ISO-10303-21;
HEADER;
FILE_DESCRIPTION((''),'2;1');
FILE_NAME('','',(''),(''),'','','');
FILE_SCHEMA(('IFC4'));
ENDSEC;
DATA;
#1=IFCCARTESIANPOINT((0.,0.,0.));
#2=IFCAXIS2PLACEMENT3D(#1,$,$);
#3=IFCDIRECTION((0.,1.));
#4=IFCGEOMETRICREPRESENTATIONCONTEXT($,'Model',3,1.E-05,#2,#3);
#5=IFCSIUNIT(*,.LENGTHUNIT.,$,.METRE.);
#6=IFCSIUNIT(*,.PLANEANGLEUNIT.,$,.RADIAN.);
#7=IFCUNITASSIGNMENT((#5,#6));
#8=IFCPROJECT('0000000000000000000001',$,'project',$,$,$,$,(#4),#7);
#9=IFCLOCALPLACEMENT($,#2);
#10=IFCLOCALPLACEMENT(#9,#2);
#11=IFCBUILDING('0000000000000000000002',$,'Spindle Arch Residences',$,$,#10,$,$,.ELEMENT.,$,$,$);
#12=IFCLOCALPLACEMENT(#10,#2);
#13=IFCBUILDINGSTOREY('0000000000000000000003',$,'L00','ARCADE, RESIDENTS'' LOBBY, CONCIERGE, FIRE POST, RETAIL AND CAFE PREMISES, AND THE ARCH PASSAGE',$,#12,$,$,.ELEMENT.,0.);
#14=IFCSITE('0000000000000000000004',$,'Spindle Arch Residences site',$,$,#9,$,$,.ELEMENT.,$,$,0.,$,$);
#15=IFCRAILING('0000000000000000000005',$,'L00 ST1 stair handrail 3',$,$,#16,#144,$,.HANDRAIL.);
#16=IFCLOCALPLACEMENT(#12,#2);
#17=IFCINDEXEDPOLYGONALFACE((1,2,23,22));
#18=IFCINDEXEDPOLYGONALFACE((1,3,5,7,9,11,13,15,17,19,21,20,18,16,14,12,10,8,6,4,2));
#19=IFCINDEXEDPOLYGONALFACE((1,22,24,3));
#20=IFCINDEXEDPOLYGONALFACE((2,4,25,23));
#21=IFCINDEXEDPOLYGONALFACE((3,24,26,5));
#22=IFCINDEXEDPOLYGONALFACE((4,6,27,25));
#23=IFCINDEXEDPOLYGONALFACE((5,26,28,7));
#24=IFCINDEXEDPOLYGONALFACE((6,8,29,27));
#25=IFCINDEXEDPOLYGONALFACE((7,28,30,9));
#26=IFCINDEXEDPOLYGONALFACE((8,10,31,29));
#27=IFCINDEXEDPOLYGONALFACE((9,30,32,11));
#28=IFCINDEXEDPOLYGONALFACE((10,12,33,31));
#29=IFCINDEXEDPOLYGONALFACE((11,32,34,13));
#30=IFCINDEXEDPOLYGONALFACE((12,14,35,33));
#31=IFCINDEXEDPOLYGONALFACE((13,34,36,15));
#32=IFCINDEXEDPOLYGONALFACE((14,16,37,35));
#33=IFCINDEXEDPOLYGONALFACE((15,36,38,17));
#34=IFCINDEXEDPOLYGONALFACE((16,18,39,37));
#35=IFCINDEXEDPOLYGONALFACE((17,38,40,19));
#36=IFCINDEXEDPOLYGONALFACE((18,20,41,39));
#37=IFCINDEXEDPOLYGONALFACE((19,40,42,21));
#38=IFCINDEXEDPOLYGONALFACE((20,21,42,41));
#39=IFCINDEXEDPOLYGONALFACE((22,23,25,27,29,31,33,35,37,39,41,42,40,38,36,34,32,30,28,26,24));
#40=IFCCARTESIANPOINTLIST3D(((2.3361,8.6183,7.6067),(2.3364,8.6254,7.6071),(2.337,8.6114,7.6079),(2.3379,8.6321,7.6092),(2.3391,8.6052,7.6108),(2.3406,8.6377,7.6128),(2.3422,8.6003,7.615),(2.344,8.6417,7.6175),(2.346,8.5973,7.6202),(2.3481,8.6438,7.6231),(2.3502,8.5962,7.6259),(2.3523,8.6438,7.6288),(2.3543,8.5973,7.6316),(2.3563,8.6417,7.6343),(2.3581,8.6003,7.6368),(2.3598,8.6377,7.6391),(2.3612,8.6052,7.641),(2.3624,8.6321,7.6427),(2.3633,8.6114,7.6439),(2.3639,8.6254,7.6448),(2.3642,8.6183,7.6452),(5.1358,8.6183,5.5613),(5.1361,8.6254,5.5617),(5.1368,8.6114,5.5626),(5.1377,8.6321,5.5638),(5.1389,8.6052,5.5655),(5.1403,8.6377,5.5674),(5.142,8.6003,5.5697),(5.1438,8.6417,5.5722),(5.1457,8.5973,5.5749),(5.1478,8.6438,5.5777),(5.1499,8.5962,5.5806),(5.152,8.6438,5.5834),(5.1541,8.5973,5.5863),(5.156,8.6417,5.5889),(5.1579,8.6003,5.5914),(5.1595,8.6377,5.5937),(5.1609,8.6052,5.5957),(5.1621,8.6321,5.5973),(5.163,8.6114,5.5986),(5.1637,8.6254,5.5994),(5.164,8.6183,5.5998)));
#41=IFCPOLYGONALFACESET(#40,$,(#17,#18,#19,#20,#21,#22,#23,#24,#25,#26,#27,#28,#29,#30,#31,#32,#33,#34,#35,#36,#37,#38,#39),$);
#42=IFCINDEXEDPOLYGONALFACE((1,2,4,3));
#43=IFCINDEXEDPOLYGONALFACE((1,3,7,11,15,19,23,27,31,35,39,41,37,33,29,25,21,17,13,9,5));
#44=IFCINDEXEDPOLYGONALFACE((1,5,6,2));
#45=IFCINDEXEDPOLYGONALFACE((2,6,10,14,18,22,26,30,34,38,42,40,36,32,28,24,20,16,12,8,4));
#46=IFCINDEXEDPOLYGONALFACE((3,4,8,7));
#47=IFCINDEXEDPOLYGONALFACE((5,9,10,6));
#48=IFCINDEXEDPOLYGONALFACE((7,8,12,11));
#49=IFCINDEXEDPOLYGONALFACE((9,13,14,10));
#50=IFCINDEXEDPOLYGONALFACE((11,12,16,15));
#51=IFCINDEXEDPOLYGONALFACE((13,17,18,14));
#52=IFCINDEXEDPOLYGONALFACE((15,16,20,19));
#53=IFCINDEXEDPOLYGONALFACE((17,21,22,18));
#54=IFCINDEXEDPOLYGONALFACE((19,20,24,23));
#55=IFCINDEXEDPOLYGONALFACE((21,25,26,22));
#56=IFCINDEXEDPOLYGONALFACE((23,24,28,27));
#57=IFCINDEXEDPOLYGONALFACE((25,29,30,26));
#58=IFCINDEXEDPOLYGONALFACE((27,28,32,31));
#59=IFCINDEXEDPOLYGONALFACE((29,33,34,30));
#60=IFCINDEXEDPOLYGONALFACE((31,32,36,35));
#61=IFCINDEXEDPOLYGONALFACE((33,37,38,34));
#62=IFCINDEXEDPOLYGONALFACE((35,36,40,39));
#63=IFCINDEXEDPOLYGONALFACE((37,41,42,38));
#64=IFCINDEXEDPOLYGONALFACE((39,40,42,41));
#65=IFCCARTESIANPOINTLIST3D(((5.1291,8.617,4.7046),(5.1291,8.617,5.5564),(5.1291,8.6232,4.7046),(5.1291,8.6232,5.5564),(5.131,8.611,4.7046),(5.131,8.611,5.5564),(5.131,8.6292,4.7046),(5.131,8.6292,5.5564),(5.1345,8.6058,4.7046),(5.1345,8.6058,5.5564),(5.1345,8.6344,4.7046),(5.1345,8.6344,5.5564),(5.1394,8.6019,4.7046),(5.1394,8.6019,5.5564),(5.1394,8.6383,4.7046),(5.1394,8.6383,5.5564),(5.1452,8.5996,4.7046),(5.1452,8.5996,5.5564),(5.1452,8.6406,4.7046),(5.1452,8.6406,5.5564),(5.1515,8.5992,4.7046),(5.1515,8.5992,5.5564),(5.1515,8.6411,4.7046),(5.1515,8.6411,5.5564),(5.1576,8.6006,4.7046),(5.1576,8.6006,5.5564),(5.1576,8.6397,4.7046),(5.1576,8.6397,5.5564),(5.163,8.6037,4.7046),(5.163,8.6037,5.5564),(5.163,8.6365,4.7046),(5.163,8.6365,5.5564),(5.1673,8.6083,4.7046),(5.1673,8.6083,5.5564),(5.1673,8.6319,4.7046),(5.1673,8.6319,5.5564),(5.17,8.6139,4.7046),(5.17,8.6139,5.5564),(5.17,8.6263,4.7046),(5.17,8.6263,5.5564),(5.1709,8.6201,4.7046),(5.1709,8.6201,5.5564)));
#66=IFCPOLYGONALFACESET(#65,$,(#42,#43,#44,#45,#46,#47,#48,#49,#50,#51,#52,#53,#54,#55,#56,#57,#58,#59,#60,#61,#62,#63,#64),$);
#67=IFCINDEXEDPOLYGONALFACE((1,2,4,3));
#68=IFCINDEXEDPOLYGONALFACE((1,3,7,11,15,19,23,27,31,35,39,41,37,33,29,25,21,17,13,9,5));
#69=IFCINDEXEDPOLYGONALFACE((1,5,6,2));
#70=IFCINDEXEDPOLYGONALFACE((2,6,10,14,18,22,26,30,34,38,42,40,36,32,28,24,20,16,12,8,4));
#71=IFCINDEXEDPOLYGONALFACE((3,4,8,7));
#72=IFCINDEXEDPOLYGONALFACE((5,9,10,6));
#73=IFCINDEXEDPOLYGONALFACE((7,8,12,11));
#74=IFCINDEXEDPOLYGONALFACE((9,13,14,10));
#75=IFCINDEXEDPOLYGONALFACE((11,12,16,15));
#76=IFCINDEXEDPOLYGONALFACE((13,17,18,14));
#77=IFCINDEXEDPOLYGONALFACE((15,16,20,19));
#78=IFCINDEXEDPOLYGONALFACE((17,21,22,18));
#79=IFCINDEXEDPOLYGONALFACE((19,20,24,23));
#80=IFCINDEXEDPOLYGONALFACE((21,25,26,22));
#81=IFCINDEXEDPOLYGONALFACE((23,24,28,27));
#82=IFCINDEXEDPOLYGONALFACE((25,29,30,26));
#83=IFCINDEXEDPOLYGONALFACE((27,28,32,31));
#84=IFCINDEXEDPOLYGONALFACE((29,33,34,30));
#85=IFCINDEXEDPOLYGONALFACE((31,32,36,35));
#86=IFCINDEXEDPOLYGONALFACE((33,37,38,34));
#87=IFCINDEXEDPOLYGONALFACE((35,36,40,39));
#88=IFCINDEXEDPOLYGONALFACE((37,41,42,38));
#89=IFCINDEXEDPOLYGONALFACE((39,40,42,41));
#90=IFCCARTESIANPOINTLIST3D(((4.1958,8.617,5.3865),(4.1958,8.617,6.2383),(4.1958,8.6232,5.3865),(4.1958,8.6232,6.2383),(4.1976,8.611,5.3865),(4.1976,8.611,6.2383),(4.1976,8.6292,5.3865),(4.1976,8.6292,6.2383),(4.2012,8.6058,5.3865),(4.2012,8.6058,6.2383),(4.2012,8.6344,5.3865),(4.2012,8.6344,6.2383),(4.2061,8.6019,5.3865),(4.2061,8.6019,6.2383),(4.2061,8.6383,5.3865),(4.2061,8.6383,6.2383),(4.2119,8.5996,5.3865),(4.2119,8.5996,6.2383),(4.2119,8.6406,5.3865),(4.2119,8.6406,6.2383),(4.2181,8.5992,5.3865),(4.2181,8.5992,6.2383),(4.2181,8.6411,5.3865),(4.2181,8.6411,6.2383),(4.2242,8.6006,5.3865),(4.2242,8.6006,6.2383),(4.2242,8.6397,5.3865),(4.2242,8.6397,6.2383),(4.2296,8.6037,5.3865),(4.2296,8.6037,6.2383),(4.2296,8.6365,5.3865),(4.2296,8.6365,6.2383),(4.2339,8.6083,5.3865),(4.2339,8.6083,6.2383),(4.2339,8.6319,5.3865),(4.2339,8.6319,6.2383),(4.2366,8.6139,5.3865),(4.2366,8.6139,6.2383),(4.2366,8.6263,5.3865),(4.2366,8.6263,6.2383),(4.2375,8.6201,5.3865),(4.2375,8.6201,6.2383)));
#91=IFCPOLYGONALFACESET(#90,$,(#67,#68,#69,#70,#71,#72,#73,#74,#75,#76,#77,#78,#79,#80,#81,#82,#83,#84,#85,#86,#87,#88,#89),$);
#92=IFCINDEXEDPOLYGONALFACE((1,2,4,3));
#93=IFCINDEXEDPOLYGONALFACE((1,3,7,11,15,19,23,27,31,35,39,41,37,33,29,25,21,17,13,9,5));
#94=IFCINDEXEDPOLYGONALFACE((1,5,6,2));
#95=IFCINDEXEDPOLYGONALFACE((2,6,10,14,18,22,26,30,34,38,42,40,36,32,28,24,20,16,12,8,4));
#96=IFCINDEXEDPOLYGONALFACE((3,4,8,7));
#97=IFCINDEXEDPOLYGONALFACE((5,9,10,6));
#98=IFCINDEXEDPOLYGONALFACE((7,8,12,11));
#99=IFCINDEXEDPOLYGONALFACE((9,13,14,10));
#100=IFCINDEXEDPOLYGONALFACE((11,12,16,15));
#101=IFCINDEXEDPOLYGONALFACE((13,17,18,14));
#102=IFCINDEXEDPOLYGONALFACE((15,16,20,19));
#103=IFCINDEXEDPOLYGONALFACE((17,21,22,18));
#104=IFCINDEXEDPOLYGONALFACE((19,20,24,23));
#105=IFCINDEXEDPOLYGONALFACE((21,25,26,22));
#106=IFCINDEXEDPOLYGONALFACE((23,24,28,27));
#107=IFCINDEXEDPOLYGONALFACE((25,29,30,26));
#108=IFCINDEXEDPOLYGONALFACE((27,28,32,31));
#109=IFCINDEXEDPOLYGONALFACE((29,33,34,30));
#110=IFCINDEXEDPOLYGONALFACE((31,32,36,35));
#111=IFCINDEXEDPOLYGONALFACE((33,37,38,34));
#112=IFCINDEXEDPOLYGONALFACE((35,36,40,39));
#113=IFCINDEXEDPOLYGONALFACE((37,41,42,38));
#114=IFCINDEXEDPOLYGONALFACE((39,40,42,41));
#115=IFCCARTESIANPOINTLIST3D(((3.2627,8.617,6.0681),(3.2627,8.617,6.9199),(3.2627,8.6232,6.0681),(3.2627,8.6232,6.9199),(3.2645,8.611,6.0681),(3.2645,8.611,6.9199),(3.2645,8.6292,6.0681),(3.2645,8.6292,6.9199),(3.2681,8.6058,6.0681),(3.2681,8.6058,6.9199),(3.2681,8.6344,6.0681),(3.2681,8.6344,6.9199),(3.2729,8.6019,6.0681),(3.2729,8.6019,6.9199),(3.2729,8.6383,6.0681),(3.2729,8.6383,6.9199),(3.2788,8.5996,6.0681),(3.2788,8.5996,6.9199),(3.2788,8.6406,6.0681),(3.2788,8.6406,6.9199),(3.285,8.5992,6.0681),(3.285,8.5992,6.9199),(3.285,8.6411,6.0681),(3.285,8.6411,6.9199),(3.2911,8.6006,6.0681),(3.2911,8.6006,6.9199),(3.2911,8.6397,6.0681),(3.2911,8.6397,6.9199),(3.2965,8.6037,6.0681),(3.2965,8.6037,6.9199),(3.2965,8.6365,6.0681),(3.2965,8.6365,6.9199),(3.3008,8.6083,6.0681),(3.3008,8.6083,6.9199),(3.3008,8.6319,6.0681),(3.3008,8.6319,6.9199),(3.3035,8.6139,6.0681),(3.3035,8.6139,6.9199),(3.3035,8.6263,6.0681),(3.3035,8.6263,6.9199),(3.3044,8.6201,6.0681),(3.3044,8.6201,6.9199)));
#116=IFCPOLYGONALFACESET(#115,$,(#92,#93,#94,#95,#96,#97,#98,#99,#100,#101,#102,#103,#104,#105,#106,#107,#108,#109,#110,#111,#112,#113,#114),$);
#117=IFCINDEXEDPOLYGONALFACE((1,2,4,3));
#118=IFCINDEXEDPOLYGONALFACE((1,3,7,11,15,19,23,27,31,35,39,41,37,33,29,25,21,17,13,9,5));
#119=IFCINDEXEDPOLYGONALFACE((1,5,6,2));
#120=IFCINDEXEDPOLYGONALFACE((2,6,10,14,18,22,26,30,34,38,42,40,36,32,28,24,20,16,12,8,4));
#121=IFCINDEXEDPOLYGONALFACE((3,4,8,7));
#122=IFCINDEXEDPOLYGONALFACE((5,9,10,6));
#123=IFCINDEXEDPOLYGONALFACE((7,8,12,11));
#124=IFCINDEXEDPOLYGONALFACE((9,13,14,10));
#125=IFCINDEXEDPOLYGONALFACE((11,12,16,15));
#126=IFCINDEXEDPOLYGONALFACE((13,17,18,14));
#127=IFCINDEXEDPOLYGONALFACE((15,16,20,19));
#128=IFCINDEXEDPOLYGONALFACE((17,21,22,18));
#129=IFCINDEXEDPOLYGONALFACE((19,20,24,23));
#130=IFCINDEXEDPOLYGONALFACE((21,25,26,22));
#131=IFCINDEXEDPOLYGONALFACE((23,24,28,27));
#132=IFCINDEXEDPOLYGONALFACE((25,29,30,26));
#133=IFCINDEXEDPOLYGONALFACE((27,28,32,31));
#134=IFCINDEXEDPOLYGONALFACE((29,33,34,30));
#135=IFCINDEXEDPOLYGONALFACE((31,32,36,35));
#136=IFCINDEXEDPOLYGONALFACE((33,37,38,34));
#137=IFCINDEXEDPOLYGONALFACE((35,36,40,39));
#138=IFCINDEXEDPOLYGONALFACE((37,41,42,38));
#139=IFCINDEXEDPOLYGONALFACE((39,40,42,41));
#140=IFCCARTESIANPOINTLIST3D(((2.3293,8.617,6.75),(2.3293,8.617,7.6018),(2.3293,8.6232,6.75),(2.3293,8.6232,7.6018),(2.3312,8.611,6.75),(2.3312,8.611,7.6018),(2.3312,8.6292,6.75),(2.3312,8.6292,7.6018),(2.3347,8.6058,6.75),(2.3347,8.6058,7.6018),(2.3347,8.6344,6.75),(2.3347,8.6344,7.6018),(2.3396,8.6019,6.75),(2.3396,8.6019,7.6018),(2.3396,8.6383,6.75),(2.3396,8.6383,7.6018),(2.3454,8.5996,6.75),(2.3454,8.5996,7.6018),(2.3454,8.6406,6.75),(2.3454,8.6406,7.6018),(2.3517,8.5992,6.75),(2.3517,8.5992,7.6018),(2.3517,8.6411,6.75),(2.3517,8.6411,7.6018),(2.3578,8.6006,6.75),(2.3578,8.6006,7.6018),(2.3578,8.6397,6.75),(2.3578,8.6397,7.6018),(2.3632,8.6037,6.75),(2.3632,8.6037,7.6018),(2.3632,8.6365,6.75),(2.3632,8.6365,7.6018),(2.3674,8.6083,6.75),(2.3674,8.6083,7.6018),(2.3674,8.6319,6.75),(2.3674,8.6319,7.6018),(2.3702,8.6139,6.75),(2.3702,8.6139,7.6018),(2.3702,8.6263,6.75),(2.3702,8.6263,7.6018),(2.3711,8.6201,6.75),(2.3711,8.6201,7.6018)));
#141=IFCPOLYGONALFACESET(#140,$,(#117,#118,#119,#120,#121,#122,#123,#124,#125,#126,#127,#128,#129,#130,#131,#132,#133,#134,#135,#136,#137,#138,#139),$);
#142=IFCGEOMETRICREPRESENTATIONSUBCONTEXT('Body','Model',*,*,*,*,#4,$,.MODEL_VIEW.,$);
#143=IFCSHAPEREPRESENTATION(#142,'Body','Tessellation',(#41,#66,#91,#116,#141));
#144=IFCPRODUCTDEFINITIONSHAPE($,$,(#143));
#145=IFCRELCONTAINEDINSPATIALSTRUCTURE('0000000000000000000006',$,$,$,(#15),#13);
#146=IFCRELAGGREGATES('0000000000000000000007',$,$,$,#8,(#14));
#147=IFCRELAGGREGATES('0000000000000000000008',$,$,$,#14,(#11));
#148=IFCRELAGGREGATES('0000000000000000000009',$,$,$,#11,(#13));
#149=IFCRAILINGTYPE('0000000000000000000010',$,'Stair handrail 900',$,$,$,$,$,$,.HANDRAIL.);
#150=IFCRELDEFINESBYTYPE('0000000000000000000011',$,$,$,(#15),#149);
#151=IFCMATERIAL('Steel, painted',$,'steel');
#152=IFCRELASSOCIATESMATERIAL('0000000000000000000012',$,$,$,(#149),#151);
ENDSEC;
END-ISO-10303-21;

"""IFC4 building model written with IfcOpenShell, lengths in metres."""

from ifc_helpers import new_model, si_unit, direction, frame, origin, origin_2d, place, context, subcontext, project, spatial, circle, extrude, material, type_object, element, save


model = new_model("IFC4")

# Units and contexts
model_context = context("Model", 3, precision=1e-05, world=origin(), true_north=direction((0.0, 1.0)))
body_context = subcontext(model_context, "Body", "Model", "MODEL_VIEW")
ifc_project = project(units=[si_unit("LENGTHUNIT", "METRE"), si_unit("PLANEANGLEUNIT", "RADIAN")], contexts=[model_context])

# Site, building, storey
site_placement = place(None, origin())
site = spatial("IfcSite", under=ifc_project, at=site_placement, Name="Spindle Arch Residences site", CompositionType="ELEMENT", RefElevation=0.0)
building_placement = place(site_placement, origin())
building = spatial("IfcBuilding", under=site, at=building_placement, Name="Spindle Arch Residences", CompositionType="ELEMENT")
storey_placement = place(building_placement, origin())
storey = spatial("IfcBuildingStorey", under=building, at=storey_placement, Name="L00", Description="ARCADE, RESIDENTS' LOBBY, CONCIERGE, FIRE POST, RETAIL AND CAFE PREMISES, AND THE ARCH PASSAGE", CompositionType="ELEMENT", Elevation=0.0)

# Railing
ifc_material_1 = material(Name="Steel, painted", Category="steel")
railing_type_1 = type_object("IfcRailingType", Name="Stair handrail 900", PredefinedType="HANDRAIL", material=ifc_material_1)
railing_1_placement = place(storey_placement, frame((5.1499, 8.6201, 4.7046)))
element("IfcRailing", 1, at=railing_1_placement, inside=storey, type_object=railing_type_1, Name="L00 ST1 stair handrail 3", PredefinedType="HANDRAIL", context=body_context, shape_type="SweptSolid", body=[
    extrude(circle(Radius=0.0239, at=origin_2d()), frame((0.0, 0.0, 0.876), z_axis=(-0.807474, 0.0, 0.589904), x_axis=(0.0, -1.0, 0.0)), (0.0, 0.0, 1.0), 3.4673),
    extrude(circle(Radius=0.021, at=origin_2d()), origin(), (0.0, 0.0, 1.0), 0.8518),
    extrude(circle(Radius=0.021, at=origin_2d()), frame((-0.9333, 0.0, 0.6819)), (0.0, 0.0, 1.0), 0.8518),
    extrude(circle(Radius=0.021, at=origin_2d()), frame((-1.8665, 0.0, 1.3635)), (0.0, 0.0, 1.0), 0.8518),
    extrude(circle(Radius=0.021, at=origin_2d()), frame((-2.7998, 0.0, 2.0454)), (0.0, 0.0, 1.0), 0.8518),
])

save(model, "model.ifc")
